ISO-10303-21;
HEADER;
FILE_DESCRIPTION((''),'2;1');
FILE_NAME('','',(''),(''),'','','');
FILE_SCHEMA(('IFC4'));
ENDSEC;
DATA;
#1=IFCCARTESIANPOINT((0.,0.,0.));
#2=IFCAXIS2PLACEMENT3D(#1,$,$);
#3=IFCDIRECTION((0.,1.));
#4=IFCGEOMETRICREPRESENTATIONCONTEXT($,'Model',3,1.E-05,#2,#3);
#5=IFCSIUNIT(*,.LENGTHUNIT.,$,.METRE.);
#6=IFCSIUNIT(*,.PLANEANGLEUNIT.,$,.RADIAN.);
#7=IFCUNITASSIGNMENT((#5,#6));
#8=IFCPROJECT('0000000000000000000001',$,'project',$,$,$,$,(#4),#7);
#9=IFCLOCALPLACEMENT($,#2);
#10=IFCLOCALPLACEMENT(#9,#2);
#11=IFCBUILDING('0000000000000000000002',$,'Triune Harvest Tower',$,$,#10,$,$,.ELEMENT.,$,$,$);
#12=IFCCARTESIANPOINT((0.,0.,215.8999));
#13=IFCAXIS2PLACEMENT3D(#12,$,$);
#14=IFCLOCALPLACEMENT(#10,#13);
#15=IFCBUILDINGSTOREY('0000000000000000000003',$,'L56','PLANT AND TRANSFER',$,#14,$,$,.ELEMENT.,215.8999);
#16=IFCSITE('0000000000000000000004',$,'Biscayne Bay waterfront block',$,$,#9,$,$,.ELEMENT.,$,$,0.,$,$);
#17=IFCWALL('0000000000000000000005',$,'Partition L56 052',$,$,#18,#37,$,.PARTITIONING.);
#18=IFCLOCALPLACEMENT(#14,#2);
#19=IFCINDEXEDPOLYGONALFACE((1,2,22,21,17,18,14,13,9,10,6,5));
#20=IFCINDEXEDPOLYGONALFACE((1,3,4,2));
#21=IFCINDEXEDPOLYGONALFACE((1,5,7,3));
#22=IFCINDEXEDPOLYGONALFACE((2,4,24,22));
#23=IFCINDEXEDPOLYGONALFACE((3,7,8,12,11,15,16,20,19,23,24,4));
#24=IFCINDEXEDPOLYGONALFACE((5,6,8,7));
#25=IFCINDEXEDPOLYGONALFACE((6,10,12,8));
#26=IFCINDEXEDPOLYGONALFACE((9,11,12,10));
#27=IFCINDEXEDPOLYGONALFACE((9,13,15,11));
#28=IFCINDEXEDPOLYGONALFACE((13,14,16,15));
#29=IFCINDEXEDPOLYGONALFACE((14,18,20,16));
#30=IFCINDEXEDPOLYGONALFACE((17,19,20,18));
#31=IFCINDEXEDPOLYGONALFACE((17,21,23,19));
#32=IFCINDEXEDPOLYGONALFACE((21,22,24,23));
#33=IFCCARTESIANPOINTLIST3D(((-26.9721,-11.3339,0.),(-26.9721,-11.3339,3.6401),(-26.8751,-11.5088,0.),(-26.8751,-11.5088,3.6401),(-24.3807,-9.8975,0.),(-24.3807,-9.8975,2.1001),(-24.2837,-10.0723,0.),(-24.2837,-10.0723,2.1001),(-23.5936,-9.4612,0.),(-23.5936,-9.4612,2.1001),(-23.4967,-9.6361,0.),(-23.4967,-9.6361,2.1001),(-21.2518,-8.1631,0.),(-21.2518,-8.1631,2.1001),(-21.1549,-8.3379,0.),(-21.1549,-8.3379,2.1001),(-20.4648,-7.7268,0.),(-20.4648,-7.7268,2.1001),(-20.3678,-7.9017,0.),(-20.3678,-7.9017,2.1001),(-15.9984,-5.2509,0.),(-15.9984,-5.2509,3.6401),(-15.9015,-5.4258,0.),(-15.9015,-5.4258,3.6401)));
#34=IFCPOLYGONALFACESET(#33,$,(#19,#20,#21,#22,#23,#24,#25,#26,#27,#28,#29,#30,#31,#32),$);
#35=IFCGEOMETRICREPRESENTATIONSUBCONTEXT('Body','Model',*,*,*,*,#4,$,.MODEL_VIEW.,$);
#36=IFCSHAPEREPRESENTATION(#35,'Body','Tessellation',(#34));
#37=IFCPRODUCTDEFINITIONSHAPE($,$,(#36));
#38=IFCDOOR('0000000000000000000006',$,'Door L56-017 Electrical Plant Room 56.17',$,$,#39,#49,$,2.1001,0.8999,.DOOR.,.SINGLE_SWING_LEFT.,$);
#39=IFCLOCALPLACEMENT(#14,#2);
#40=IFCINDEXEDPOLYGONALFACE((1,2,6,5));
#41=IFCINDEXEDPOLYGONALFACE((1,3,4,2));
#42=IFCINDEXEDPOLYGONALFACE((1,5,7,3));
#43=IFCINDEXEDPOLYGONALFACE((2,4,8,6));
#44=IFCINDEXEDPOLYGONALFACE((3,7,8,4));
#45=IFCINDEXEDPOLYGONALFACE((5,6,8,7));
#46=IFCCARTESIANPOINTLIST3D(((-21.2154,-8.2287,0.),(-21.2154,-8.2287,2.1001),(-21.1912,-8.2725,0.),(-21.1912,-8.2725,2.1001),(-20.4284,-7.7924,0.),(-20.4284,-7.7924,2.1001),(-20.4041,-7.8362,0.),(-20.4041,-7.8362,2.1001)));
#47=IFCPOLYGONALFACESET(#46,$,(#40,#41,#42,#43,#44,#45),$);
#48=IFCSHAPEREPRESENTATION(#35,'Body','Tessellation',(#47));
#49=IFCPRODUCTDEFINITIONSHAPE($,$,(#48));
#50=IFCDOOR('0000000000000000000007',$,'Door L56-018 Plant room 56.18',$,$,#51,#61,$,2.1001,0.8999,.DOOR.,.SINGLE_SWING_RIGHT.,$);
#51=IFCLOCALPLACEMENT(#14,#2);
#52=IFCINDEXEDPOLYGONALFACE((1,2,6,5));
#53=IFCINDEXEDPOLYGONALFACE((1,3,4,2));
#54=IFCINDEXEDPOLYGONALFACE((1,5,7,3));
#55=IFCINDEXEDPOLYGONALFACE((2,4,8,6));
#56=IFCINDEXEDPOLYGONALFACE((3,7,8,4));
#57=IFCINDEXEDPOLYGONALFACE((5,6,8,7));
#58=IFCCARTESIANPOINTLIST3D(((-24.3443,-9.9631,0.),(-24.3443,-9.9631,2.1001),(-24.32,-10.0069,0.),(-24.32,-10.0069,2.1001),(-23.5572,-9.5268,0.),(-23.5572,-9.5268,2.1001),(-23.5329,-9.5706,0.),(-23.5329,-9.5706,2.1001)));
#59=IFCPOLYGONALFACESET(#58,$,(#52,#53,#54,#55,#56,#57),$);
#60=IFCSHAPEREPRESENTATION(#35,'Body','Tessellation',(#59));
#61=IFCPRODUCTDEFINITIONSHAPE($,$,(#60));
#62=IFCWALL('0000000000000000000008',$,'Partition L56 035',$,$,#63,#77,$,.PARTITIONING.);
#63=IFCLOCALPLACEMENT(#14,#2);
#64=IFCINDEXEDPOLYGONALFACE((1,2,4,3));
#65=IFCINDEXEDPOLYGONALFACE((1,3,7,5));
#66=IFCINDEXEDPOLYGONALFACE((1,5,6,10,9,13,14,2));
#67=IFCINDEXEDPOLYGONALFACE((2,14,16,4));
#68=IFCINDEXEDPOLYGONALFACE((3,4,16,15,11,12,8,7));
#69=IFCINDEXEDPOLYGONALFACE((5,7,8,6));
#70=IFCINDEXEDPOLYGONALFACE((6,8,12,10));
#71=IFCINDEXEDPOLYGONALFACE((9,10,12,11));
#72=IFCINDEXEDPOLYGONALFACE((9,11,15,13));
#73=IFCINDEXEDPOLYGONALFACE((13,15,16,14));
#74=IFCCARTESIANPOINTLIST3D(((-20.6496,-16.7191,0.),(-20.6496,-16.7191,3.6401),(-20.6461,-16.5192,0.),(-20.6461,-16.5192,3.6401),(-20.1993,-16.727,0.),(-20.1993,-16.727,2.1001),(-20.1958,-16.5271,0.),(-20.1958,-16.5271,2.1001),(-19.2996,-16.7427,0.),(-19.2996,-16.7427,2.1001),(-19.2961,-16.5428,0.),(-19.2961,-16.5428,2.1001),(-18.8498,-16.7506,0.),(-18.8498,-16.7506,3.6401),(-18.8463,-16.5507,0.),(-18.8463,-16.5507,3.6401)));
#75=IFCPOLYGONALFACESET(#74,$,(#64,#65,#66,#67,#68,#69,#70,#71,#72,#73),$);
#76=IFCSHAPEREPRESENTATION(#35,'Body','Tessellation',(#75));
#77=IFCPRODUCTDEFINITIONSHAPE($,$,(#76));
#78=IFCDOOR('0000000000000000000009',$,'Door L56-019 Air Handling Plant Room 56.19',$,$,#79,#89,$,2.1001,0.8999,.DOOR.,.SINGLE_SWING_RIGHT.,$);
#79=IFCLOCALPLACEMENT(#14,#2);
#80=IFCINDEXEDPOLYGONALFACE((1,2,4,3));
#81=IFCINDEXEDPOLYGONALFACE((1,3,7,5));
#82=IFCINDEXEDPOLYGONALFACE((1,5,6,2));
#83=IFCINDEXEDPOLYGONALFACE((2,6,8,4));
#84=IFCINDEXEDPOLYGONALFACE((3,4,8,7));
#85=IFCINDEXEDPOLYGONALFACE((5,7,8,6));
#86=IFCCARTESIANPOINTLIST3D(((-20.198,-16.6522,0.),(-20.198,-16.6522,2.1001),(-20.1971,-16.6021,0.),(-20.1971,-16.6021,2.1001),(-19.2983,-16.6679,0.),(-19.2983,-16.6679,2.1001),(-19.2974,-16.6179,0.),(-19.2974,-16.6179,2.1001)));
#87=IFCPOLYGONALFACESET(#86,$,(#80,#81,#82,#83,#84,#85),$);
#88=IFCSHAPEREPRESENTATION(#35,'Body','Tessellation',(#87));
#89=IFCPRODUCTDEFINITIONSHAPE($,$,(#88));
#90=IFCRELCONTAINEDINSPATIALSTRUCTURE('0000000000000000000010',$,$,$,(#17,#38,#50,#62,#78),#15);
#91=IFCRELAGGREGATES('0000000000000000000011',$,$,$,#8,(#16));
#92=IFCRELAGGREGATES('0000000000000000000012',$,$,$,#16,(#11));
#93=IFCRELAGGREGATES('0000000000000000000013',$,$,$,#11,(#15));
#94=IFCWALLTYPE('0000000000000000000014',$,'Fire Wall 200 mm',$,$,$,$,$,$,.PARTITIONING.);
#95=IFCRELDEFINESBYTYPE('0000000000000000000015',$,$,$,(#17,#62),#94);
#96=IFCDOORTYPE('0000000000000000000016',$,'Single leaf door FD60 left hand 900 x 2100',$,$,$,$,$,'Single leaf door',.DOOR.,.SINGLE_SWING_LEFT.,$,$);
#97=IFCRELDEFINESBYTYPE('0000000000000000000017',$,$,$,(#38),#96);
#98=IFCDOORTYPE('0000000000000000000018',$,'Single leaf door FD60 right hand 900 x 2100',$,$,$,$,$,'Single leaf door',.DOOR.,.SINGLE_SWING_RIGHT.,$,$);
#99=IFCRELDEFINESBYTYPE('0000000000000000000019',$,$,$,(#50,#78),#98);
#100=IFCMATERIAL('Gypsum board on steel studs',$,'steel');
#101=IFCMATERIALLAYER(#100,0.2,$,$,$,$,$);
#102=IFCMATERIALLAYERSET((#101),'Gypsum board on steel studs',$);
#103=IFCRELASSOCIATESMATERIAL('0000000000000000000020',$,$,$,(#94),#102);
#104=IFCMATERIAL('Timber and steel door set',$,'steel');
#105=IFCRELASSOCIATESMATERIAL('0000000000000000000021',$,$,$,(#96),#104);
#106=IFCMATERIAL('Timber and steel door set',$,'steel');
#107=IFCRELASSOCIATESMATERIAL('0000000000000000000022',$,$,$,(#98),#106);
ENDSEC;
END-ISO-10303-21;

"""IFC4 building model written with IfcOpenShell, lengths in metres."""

from ifc_helpers import new_model, si_unit, direction, frame, frame_2d, origin, place, context, subcontext, project, spatial, rectangle, extrude, source, transform, mapped, material, layer, layer_set, type_object, element, fill, save


model = new_model("IFC4")

# Units and contexts
model_context = context("Model", 3, precision=1e-05, world=origin(), true_north=direction((0.0, 1.0)))
body_context = subcontext(model_context, "Body", "Model", "MODEL_VIEW")
ifc_project = project(units=[si_unit("LENGTHUNIT", "METRE"), si_unit("PLANEANGLEUNIT", "RADIAN")], contexts=[model_context])

# Site, building, storey
site_placement = place(None, origin())
site = spatial("IfcSite", under=ifc_project, at=site_placement, Name="Biscayne Bay waterfront block", CompositionType="ELEMENT", RefElevation=0.0)
building_placement = place(site_placement, origin())
building = spatial("IfcBuilding", under=site, at=building_placement, Name="Triune Harvest Tower", CompositionType="ELEMENT")
storey_placement = place(building_placement, frame((0.0, 0.0, 215.8999)))
storey = spatial("IfcBuildingStorey", under=building, at=storey_placement, Name="L56", Description="PLANT AND TRANSFER", CompositionType="ELEMENT", Elevation=215.8999)

# Shared definitions
ifc_material_1 = material(Name="Gypsum board on steel studs", Category="steel")
ifc_layer_1 = layer(ifc_material_1, 0.2)
ifc_layer_set_1 = layer_set([ifc_layer_1], Name="Gypsum board on steel studs")
wall_type = type_object("IfcWallType", Name="Fire Wall 200 mm", PredefinedType="PARTITIONING", material=ifc_layer_set_1)

# Wall, openings, doors
wall_1_placement = place(storey_placement, frame((-26.9236, -11.4214, 0.0), z_axis=(0.0, 0.0, 1.0), x_axis=(0.874612, 0.484823, 0.0)))
wall_1 = element("IfcWall", 1, at=wall_1_placement, inside=storey, type_object=wall_type, Name="Partition L56 052", PredefinedType="PARTITIONING", context=body_context, shape_type="SweptSolid", body=[
    extrude(rectangle(XDim=12.5469, YDim=0.2, at=frame_2d((6.2734, 0.0))), origin(), (0.0, 0.0, 1.0), 3.6401),
])
opening_1_placement = place(wall_1_placement, frame((6.5403, 0.0, 0.0)))
opening_1 = element("IfcOpeningElement", 2, at=opening_1_placement, cuts=wall_1, PredefinedType="OPENING", context=body_context, shape_type="SweptSolid", body=[
    extrude(rectangle(XDim=0.8999, YDim=2.1001, at=frame_2d((0.45, 1.05))), frame((0.0, 0.1099, 0.0), z_axis=(0.0, -1.0, 0.0), x_axis=(1.0, 0.0, 0.0)), (0.0, 0.0, 1.0), 0.22),
])
opening_2_placement = place(wall_1_placement, frame((2.9629, 0.0, 0.0)))
opening_2 = element("IfcOpeningElement", 3, at=opening_2_placement, cuts=wall_1, PredefinedType="OPENING", context=body_context, shape_type="SweptSolid", body=[
    extrude(rectangle(XDim=0.8999, YDim=2.1001, at=frame_2d((0.45, 1.05))), frame((0.0, 0.1099, 0.0), z_axis=(0.0, -1.0, 0.0), x_axis=(1.0, 0.0, 0.0)), (0.0, 0.0, 1.0), 0.22),
])
ifc_material_2 = material(Name="Timber and steel door set", Category="steel")
door_type_1 = type_object("IfcDoorType", Name="Single leaf door FD60 left hand 900 x 2100", ElementType="Single leaf door", OperationType="SINGLE_SWING_LEFT", PredefinedType="DOOR", material=ifc_material_2)
door_1_placement = place(opening_1_placement, origin())
door_1 = element("IfcDoor", 4, at=door_1_placement, inside=storey, type_object=door_type_1, Name="Door L56-017 Electrical Plant Room 56.17", OperationType="SINGLE_SWING_LEFT", OverallHeight=2.1001, OverallWidth=0.8999, PredefinedType="DOOR", context=body_context, shape_type="SweptSolid", body=[
    extrude(rectangle(XDim=0.8999, YDim=2.1001, at=frame_2d((0.45, 1.05))), frame((0.0, 0.0249, 0.0), z_axis=(0.0, -1.0, 0.0), x_axis=(1.0, 0.0, 0.0)), (0.0, 0.0, 1.0), 0.05),
])
fill(opening_1, door_1)
ifc_material_3 = material(Name="Timber and steel door set", Category="steel")
door_type_2 = type_object("IfcDoorType", Name="Single leaf door FD60 right hand 900 x 2100", ElementType="Single leaf door", OperationType="SINGLE_SWING_RIGHT", PredefinedType="DOOR", material=ifc_material_3)
door_2_placement = place(opening_2_placement, origin())
door_2 = element("IfcDoor", 5, at=door_2_placement, inside=storey, type_object=door_type_2, Name="Door L56-018 Plant room 56.18", OperationType="SINGLE_SWING_RIGHT", OverallHeight=2.1001, OverallWidth=0.8999, PredefinedType="DOOR", context=body_context, shape_type="SweptSolid", body=[
    extrude(rectangle(XDim=0.8999, YDim=2.1001, at=frame_2d((0.45, 1.05))), frame((0.0, 0.0249, 0.0), z_axis=(0.0, -1.0, 0.0), x_axis=(1.0, 0.0, 0.0)), (0.0, 0.0, 1.0), 0.05),
])
fill(opening_2, door_2)

# Wall, opening, door
shared_shape_1 = source(origin(), body_context, "Body", "SweptSolid", [
    extrude(rectangle(XDim=1.8, YDim=0.2, at=frame_2d((0.8999, 0.0))), origin(), (0.0, 0.0, 1.0), 3.6401),
])
wall_2_placement = place(storey_placement, frame((-20.6477, -16.6191, 0.0), z_axis=(0.0, 0.0, 1.0), x_axis=(0.999847, -0.017496, 0.0)))
wall_2 = element("IfcWall", 6, at=wall_2_placement, inside=storey, type_object=wall_type, Name="Partition L56 035", PredefinedType="PARTITIONING", context=body_context, shape_type="MappedRepresentation", body=[
    mapped(shared_shape_1, transform((0.0, 0.0, 0.0), scale=1.0)),
])
opening_3_placement = place(wall_2_placement, frame((0.4502, 0.0, 0.0)))
opening_3 = element("IfcOpeningElement", 7, at=opening_3_placement, cuts=wall_2, PredefinedType="OPENING", context=body_context, shape_type="SweptSolid", body=[
    extrude(rectangle(XDim=0.8999, YDim=2.1001, at=frame_2d((0.45, 1.05))), frame((0.0, 0.1099, 0.0), z_axis=(0.0, -1.0, 0.0), x_axis=(1.0, 0.0, 0.0)), (0.0, 0.0, 1.0), 0.22),
])
door_3_placement = place(opening_3_placement, origin())
door_3 = element("IfcDoor", 8, at=door_3_placement, inside=storey, type_object=door_type_2, Name="Door L56-019 Air Handling Plant Room 56.19", OperationType="SINGLE_SWING_RIGHT", OverallHeight=2.1001, OverallWidth=0.8999, PredefinedType="DOOR", context=body_context, shape_type="SweptSolid", body=[
    extrude(rectangle(XDim=0.8999, YDim=2.1001, at=frame_2d((0.45, 1.05))), frame((0.0, 0.0249, 0.0), z_axis=(0.0, -1.0, 0.0), x_axis=(1.0, 0.0, 0.0)), (0.0, 0.0, 1.0), 0.05),
])
fill(opening_3, door_3)

save(model, "model.ifc")
